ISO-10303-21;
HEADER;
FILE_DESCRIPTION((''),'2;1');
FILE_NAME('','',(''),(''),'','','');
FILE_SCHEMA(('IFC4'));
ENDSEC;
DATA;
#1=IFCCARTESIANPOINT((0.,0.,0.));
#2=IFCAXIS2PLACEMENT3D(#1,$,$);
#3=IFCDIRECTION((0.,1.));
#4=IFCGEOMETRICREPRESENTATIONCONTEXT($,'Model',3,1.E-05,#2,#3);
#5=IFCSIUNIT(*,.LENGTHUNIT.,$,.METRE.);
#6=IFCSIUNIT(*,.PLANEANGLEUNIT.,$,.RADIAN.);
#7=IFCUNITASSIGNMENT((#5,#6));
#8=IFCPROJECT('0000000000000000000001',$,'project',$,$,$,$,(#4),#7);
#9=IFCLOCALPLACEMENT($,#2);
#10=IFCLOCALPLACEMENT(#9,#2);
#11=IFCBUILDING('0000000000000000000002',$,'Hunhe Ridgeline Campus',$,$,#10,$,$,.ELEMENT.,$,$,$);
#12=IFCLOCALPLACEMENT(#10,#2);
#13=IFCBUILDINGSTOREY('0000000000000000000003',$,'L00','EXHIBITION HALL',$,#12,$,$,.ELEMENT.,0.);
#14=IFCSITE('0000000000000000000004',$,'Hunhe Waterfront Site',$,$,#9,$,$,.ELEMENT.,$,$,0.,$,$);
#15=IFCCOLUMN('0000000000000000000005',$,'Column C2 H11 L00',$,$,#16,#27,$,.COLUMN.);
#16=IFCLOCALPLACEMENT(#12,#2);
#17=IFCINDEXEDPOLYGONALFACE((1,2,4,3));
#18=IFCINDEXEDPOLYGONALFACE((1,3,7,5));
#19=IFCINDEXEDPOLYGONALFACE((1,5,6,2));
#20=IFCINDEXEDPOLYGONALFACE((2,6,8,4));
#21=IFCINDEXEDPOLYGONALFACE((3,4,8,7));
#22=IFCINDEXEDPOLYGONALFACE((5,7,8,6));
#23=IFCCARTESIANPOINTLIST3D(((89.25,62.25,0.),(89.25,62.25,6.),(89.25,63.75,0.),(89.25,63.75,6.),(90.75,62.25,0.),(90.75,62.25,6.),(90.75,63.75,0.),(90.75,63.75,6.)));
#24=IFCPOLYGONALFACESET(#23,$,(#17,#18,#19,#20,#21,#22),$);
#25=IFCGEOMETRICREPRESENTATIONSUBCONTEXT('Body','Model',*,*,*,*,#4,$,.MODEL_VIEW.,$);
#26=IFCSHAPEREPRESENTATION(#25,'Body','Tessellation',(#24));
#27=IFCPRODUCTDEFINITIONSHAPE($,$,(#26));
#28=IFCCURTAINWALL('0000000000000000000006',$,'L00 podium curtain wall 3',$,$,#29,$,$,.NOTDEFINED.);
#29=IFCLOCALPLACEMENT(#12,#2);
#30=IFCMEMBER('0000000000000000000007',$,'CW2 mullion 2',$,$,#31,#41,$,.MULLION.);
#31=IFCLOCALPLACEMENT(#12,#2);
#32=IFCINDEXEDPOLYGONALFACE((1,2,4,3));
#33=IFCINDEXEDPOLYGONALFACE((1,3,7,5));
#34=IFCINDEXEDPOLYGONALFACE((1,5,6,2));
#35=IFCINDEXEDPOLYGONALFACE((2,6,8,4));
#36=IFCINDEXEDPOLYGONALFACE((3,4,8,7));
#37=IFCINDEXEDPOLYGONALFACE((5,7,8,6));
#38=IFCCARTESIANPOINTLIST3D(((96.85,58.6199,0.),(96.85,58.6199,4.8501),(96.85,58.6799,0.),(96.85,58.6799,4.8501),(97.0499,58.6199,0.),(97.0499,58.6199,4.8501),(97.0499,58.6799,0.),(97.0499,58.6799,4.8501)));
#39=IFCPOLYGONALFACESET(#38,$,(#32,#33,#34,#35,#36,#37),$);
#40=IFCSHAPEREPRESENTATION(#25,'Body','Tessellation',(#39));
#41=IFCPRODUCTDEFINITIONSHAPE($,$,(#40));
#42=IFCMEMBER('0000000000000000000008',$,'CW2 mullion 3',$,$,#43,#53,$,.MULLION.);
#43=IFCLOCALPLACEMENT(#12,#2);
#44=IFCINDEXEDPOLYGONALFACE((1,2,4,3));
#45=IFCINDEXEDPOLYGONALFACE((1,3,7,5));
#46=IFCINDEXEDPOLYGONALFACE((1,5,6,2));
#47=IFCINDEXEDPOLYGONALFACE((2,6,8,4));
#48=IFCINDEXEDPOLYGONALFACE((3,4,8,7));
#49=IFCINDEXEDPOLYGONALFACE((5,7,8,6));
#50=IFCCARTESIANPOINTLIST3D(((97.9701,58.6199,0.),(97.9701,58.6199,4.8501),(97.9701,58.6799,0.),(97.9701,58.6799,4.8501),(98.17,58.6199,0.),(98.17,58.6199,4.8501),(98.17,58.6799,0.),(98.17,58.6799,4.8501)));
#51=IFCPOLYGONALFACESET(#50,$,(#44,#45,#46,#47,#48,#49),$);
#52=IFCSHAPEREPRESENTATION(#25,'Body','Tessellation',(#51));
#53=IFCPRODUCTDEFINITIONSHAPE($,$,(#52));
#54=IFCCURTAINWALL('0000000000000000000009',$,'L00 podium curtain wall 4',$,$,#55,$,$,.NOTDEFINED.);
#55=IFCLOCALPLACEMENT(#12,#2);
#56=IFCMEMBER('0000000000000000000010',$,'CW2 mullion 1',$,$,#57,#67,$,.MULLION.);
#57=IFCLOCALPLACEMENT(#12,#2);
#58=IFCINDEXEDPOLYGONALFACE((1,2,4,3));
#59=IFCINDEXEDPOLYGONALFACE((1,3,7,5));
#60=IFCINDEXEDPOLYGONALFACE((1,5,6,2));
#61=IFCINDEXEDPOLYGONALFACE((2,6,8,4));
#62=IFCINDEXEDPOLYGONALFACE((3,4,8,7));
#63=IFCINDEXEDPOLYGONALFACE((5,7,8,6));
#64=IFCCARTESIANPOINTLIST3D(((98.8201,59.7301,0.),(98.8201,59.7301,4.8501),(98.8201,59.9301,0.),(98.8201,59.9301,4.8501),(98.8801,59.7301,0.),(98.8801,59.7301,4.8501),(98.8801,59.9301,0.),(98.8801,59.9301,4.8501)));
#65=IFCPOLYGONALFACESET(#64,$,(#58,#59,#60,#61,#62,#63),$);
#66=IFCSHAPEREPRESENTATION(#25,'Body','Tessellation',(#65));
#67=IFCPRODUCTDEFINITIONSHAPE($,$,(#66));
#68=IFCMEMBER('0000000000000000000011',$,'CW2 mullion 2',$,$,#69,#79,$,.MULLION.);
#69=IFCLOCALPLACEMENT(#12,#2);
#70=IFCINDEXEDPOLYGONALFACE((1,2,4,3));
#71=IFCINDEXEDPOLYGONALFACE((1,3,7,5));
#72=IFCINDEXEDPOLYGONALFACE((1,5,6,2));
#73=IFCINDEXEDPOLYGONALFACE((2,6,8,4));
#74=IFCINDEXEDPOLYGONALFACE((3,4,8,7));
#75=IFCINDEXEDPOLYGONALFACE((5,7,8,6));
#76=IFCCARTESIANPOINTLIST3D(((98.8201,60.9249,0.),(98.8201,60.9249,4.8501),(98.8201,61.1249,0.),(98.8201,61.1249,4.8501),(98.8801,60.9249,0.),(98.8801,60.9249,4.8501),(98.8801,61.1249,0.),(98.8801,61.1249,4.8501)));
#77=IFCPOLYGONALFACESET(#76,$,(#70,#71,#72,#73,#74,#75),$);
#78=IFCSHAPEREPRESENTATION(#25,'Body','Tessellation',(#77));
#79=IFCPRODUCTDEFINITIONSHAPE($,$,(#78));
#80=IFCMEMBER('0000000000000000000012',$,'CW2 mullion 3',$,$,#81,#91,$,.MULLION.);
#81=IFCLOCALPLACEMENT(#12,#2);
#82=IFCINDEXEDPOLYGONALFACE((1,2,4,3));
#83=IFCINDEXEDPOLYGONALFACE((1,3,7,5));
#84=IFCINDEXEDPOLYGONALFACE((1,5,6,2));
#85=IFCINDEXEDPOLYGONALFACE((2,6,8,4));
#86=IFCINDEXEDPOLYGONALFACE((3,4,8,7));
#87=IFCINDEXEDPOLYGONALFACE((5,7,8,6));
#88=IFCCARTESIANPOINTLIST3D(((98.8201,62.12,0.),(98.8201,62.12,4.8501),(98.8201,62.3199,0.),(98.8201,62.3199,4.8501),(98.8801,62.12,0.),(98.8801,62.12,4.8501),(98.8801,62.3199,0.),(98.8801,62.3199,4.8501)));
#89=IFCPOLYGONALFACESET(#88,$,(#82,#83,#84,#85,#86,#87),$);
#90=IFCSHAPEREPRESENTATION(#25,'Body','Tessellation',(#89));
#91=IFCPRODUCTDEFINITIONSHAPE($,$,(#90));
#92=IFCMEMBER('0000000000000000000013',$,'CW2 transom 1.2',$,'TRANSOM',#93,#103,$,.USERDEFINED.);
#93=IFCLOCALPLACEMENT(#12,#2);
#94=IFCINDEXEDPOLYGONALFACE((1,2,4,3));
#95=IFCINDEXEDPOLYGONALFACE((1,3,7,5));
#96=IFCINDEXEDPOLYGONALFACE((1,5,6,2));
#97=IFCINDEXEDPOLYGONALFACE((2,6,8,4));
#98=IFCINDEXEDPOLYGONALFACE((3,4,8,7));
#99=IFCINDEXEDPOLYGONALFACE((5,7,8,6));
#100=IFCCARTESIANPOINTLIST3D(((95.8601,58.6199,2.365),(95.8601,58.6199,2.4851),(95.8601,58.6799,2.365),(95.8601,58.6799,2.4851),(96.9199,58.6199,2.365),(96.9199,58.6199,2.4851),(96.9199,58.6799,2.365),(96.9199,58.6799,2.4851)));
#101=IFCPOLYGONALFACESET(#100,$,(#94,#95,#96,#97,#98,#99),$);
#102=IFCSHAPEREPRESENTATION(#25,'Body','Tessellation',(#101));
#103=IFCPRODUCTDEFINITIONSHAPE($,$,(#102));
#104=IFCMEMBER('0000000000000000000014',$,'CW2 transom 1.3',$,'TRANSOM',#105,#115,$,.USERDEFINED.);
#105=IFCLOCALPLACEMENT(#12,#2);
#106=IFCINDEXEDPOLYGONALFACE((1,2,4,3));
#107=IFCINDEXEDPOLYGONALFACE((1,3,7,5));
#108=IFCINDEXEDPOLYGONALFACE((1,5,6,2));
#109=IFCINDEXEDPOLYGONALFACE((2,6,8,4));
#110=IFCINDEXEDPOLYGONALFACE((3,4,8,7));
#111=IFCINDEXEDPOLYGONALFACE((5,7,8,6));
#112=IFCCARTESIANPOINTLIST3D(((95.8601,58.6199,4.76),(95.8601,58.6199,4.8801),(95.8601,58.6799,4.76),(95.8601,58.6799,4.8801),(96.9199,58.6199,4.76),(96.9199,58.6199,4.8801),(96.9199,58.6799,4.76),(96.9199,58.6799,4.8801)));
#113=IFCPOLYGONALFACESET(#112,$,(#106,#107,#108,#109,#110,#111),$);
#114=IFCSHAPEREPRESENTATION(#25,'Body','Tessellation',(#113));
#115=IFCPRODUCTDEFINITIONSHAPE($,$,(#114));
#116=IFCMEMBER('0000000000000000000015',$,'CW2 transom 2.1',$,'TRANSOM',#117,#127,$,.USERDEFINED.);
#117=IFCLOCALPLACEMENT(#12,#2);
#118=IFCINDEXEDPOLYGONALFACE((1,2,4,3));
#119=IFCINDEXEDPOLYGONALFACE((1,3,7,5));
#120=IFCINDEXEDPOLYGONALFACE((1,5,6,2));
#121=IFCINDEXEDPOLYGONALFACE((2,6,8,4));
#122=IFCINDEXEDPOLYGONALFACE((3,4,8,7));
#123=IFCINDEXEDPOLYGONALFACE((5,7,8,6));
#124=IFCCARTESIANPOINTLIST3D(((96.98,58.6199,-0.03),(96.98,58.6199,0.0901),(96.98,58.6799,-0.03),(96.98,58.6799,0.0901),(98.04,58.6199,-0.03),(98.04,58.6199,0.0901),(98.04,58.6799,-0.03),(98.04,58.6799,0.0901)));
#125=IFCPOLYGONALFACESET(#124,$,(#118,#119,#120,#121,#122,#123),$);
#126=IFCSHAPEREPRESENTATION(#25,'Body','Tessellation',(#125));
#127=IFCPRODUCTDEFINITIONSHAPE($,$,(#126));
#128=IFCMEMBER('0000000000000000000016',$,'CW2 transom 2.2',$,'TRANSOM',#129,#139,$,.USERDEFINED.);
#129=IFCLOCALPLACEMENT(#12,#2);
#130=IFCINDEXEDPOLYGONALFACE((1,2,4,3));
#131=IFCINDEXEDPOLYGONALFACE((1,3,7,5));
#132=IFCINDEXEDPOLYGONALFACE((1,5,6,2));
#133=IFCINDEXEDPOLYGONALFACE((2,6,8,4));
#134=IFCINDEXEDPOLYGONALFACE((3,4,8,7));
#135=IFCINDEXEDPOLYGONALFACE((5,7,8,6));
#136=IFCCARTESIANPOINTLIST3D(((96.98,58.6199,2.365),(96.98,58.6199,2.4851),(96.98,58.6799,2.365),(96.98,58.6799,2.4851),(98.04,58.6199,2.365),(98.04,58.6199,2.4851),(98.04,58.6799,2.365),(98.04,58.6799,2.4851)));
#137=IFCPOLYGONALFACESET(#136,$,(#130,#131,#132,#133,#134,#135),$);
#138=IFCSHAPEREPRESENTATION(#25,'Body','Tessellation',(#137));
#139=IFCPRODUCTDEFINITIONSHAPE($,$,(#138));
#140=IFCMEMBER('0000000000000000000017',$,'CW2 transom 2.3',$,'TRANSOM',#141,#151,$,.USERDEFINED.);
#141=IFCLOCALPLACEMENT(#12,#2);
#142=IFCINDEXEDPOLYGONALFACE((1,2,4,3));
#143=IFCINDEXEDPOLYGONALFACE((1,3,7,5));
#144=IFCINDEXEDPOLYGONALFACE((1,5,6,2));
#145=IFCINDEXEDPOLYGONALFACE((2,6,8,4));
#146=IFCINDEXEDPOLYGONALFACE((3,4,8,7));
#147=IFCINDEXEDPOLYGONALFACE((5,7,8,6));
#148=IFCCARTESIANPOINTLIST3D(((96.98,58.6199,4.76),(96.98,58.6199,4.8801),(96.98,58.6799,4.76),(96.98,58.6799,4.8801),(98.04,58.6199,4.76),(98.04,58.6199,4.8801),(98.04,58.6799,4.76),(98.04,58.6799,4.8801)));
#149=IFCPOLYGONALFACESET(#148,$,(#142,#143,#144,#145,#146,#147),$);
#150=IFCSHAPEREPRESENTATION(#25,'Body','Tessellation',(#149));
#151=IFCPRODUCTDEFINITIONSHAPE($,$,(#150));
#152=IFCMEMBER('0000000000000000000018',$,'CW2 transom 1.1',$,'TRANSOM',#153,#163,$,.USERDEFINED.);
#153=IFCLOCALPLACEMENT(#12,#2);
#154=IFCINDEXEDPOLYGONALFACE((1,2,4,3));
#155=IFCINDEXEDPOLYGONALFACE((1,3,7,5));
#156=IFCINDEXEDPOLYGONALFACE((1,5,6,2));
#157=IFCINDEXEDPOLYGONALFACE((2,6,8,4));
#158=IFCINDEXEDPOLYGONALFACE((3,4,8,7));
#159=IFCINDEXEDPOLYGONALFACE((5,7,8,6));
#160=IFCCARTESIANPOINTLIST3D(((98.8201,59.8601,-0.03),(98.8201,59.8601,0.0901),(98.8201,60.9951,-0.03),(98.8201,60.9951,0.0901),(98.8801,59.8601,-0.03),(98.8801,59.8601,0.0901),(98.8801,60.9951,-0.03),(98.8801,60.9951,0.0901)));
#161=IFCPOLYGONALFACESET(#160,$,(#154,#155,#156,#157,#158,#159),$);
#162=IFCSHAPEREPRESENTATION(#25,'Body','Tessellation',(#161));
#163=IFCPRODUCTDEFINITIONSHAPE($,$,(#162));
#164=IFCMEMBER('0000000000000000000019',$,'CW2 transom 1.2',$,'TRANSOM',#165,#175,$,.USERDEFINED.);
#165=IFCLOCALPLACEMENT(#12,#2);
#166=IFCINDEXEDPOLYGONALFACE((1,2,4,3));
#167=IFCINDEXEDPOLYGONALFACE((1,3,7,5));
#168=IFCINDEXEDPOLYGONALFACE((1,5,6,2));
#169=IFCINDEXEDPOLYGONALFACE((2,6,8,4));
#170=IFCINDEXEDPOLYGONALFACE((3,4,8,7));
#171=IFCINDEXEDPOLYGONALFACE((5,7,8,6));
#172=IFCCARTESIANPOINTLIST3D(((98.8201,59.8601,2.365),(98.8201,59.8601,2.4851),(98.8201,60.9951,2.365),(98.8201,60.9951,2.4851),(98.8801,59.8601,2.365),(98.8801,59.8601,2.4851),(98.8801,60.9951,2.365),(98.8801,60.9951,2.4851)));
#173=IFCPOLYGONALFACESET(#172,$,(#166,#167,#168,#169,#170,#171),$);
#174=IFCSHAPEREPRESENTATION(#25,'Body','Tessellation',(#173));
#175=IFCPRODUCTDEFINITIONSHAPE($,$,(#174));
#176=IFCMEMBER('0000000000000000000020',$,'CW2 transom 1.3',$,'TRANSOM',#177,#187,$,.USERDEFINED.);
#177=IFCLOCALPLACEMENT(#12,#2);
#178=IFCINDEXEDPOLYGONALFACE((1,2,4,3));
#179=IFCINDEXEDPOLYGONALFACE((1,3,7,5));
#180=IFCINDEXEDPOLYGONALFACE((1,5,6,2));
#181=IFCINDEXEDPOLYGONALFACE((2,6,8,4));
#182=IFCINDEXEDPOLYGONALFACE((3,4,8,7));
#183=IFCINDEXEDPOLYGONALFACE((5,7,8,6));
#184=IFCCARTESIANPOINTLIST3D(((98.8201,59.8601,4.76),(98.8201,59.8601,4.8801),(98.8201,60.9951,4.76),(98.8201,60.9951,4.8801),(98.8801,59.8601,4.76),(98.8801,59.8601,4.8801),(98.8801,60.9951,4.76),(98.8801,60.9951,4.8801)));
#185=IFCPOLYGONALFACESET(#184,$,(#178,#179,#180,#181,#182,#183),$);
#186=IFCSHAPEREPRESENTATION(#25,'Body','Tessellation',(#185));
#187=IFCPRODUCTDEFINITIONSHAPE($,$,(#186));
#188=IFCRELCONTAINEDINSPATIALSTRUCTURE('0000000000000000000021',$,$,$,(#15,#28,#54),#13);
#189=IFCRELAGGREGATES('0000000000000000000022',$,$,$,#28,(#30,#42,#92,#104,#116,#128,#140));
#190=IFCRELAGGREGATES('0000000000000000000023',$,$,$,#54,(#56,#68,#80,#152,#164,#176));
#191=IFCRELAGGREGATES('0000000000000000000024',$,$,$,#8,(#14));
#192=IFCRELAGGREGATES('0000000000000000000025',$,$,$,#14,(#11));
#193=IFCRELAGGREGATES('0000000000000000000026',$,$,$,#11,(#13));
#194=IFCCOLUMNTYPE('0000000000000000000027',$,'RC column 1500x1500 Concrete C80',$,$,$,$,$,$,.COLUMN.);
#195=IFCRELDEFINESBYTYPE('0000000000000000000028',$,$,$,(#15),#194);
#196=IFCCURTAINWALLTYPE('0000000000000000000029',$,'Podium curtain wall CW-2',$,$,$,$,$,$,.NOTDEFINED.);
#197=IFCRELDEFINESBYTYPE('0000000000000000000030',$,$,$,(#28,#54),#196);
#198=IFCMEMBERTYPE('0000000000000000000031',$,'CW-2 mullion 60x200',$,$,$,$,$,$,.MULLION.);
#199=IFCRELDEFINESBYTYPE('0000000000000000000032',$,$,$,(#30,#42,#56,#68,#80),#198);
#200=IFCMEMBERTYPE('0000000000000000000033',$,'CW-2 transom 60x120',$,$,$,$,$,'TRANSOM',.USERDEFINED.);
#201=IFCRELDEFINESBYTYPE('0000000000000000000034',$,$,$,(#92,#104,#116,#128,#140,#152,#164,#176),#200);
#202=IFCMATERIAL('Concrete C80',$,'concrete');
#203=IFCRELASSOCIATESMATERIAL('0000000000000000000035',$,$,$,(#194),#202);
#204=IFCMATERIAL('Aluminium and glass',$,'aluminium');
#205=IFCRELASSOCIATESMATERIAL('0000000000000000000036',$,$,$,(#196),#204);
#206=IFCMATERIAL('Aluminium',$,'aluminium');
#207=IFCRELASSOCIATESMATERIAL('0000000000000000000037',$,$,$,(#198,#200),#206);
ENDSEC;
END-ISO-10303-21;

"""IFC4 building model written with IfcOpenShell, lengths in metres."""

from ifc_helpers import new_model, si_unit, direction, frame, origin, origin_2d, place, context, subcontext, project, spatial, rectangle, extrude, material, material_profile, profile_set, type_object, element, aggregate, save


model = new_model("IFC4")

# Units and contexts
model_context = context("Model", 3, precision=1e-05, world=origin(), true_north=direction((0.0, 1.0)))
body_context = subcontext(model_context, "Body", "Model", "MODEL_VIEW")
ifc_project = project(units=[si_unit("LENGTHUNIT", "METRE"), si_unit("PLANEANGLEUNIT", "RADIAN")], contexts=[model_context])

# Site, building, storey
site_placement = place(None, origin())
site = spatial("IfcSite", under=ifc_project, at=site_placement, Name="Hunhe Waterfront Site", CompositionType="ELEMENT", RefElevation=0.0)
building_placement = place(site_placement, origin())
building = spatial("IfcBuilding", under=site, at=building_placement, Name="Hunhe Ridgeline Campus", CompositionType="ELEMENT")
storey_placement = place(building_placement, origin())
storey = spatial("IfcBuildingStorey", under=building, at=storey_placement, Name="L00", Description="EXHIBITION HALL", CompositionType="ELEMENT", Elevation=0.0)

# Column
ifc_material_1 = material(Name="Concrete C80", Category="concrete")
ifc_material_profile_1 = material_profile(ifc_material_1, rectangle(XDim=1.5, YDim=1.5, at=origin_2d()))
ifc_profile_set_1 = profile_set([ifc_material_profile_1], Name="Concrete C80")
column_type = type_object("IfcColumnType", Name="RC column 1500x1500 Concrete C80", PredefinedType="COLUMN", material=ifc_profile_set_1)
column_placement = place(storey_placement, frame((90.0, 63.0, 0.0), z_axis=(0.0, 0.0, 1.0), x_axis=(1.0, 0.0, 0.0)))
element("IfcColumn", 1, at=column_placement, inside=storey, type_object=column_type, Name="Column C2 H11 L00", PredefinedType="COLUMN", context=body_context, shape_type="SweptSolid", body=[
    extrude(rectangle(XDim=1.5, YDim=1.5, at=origin_2d()), origin(), (0.0, 0.0, 1.0), 6.0),
])

# Curtain walls, members
ifc_material_2 = material(Name="Aluminium and glass", Category="aluminium")
curtain_wall_type = type_object("IfcCurtainWallType", Name="Podium curtain wall CW-2", PredefinedType="NOTDEFINED", material=ifc_material_2)
curtain_wall_1_placement = place(storey_placement, origin())
curtain_wall_1 = element("IfcCurtainWall", 2, at=curtain_wall_1_placement, inside=storey, type_object=curtain_wall_type, Name="L00 podium curtain wall 3", PredefinedType="NOTDEFINED")
ifc_material_3 = material(Name="Aluminium", Category="aluminium")
ifc_material_profile_2 = material_profile(ifc_material_3, rectangle(XDim=0.0601, YDim=0.2, at=origin_2d()))
ifc_profile_set_2 = profile_set([ifc_material_profile_2], Name="Aluminium")
member_type_1 = type_object("IfcMemberType", Name="CW-2 mullion 60x200", PredefinedType="MULLION", material=ifc_profile_set_2)
member_1_placement = place(storey_placement, frame((96.95, 58.6499, 0.0), z_axis=(0.0, 0.0, 1.0), x_axis=(0.0, 1.0, 0.0)))
member_1 = element("IfcMember", 3, at=member_1_placement, type_object=member_type_1, Name="CW2 mullion 2", PredefinedType="MULLION", context=body_context, shape_type="SweptSolid", body=[
    extrude(rectangle(XDim=0.0601, YDim=0.2, at=origin_2d()), origin(), (0.0, 0.0, 1.0), 4.8501),
])
member_2_placement = place(storey_placement, frame((98.0701, 58.6499, 0.0), z_axis=(0.0, 0.0, 1.0), x_axis=(0.0, 1.0, 0.0)))
member_2 = element("IfcMember", 4, at=member_2_placement, type_object=member_type_1, Name="CW2 mullion 3", PredefinedType="MULLION", context=body_context, shape_type="SweptSolid", body=[
    extrude(rectangle(XDim=0.0601, YDim=0.2, at=origin_2d()), origin(), (0.0, 0.0, 1.0), 4.8501),
])
curtain_wall_2_placement = place(storey_placement, origin())
curtain_wall_2 = element("IfcCurtainWall", 5, at=curtain_wall_2_placement, inside=storey, type_object=curtain_wall_type, Name="L00 podium curtain wall 4", PredefinedType="NOTDEFINED")
member_3_placement = place(storey_placement, frame((98.8501, 59.8301, 0.0), z_axis=(0.0, 0.0, 1.0), x_axis=(-1.0, 0.0, 0.0)))
member_3 = element("IfcMember", 6, at=member_3_placement, type_object=member_type_1, Name="CW2 mullion 1", PredefinedType="MULLION", context=body_context, shape_type="SweptSolid", body=[
    extrude(rectangle(XDim=0.0601, YDim=0.2, at=origin_2d()), origin(), (0.0, 0.0, 1.0), 4.8501),
])
member_4_placement = place(storey_placement, frame((98.8501, 61.0249, 0.0), z_axis=(0.0, 0.0, 1.0), x_axis=(-1.0, 0.0, 0.0)))
member_4 = element("IfcMember", 7, at=member_4_placement, type_object=member_type_1, Name="CW2 mullion 2", PredefinedType="MULLION", context=body_context, shape_type="SweptSolid", body=[
    extrude(rectangle(XDim=0.0601, YDim=0.2, at=origin_2d()), origin(), (0.0, 0.0, 1.0), 4.8501),
])
member_5_placement = place(storey_placement, frame((98.8501, 62.22, 0.0), z_axis=(0.0, 0.0, 1.0), x_axis=(-1.0, 0.0, 0.0)))
member_5 = element("IfcMember", 8, at=member_5_placement, type_object=member_type_1, Name="CW2 mullion 3", PredefinedType="MULLION", context=body_context, shape_type="SweptSolid", body=[
    extrude(rectangle(XDim=0.0601, YDim=0.2, at=origin_2d()), origin(), (0.0, 0.0, 1.0), 4.8501),
])

# Members
ifc_material_profile_3 = material_profile(ifc_material_3, rectangle(XDim=0.0601, YDim=0.1201, at=origin_2d()))
ifc_profile_set_3 = profile_set([ifc_material_profile_3], Name="Aluminium")
member_type_2 = type_object("IfcMemberType", Name="CW-2 transom 60x120", ElementType="TRANSOM", PredefinedType="USERDEFINED", material=ifc_profile_set_3)
member_6_placement = place(storey_placement, frame((95.8601, 58.6499, 2.425), z_axis=(1.0, 0.0, 0.0), x_axis=(0.0, 1.0, 0.0)))
member_6 = element("IfcMember", 9, at=member_6_placement, type_object=member_type_2, Name="CW2 transom 1.2", ObjectType="TRANSOM", PredefinedType="USERDEFINED", context=body_context, shape_type="SweptSolid", body=[
    extrude(rectangle(XDim=0.0601, YDim=0.1201, at=origin_2d()), origin(), (0.0, 0.0, 1.0), 1.0598),
])
member_7_placement = place(storey_placement, frame((95.8601, 58.6499, 4.8201), z_axis=(1.0, 0.0, 0.0), x_axis=(0.0, 1.0, 0.0)))
member_7 = element("IfcMember", 10, at=member_7_placement, type_object=member_type_2, Name="CW2 transom 1.3", ObjectType="TRANSOM", PredefinedType="USERDEFINED", context=body_context, shape_type="SweptSolid", body=[
    extrude(rectangle(XDim=0.0601, YDim=0.1201, at=origin_2d()), origin(), (0.0, 0.0, 1.0), 1.0598),
])
member_8_placement = place(storey_placement, frame((96.98, 58.6499, 0.03), z_axis=(1.0, 0.0, 0.0), x_axis=(0.0, 1.0, 0.0)))
member_8 = element("IfcMember", 11, at=member_8_placement, type_object=member_type_2, Name="CW2 transom 2.1", ObjectType="TRANSOM", PredefinedType="USERDEFINED", context=body_context, shape_type="SweptSolid", body=[
    extrude(rectangle(XDim=0.0601, YDim=0.1201, at=origin_2d()), origin(), (0.0, 0.0, 1.0), 1.0601),
])
member_9_placement = place(storey_placement, frame((96.98, 58.6499, 2.425), z_axis=(1.0, 0.0, 0.0), x_axis=(0.0, 1.0, 0.0)))
member_9 = element("IfcMember", 12, at=member_9_placement, type_object=member_type_2, Name="CW2 transom 2.2", ObjectType="TRANSOM", PredefinedType="USERDEFINED", context=body_context, shape_type="SweptSolid", body=[
    extrude(rectangle(XDim=0.0601, YDim=0.1201, at=origin_2d()), origin(), (0.0, 0.0, 1.0), 1.0601),
])
member_10_placement = place(storey_placement, frame((96.98, 58.6499, 4.8201), z_axis=(1.0, 0.0, 0.0), x_axis=(0.0, 1.0, 0.0)))
member_10 = element("IfcMember", 13, at=member_10_placement, type_object=member_type_2, Name="CW2 transom 2.3", ObjectType="TRANSOM", PredefinedType="USERDEFINED", context=body_context, shape_type="SweptSolid", body=[
    extrude(rectangle(XDim=0.0601, YDim=0.1201, at=origin_2d()), origin(), (0.0, 0.0, 1.0), 1.0601),
])
member_11_placement = place(storey_placement, frame((98.8501, 59.8601, 0.03), z_axis=(0.0, 1.0, 0.0), x_axis=(-1.0, 0.0, 0.0)))
member_11 = element("IfcMember", 14, at=member_11_placement, type_object=member_type_2, Name="CW2 transom 1.1", ObjectType="TRANSOM", PredefinedType="USERDEFINED", context=body_context, shape_type="SweptSolid", body=[
    extrude(rectangle(XDim=0.0601, YDim=0.1201, at=origin_2d()), origin(), (0.0, 0.0, 1.0), 1.135),
])
member_12_placement = place(storey_placement, frame((98.8501, 59.8601, 2.425), z_axis=(0.0, 1.0, 0.0), x_axis=(-1.0, 0.0, 0.0)))
member_12 = element("IfcMember", 15, at=member_12_placement, type_object=member_type_2, Name="CW2 transom 1.2", ObjectType="TRANSOM", PredefinedType="USERDEFINED", context=body_context, shape_type="SweptSolid", body=[
    extrude(rectangle(XDim=0.0601, YDim=0.1201, at=origin_2d()), origin(), (0.0, 0.0, 1.0), 1.135),
])
member_13_placement = place(storey_placement, frame((98.8501, 59.8601, 4.8201), z_axis=(0.0, 1.0, 0.0), x_axis=(-1.0, 0.0, 0.0)))
member_13 = element("IfcMember", 16, at=member_13_placement, type_object=member_type_2, Name="CW2 transom 1.3", ObjectType="TRANSOM", PredefinedType="USERDEFINED", context=body_context, shape_type="SweptSolid", body=[
    extrude(rectangle(XDim=0.0601, YDim=0.1201, at=origin_2d()), origin(), (0.0, 0.0, 1.0), 1.135),
])

aggregate(curtain_wall_1, [member_1, member_2, member_6, member_7, member_8, member_9, member_10])
aggregate(curtain_wall_2, [member_3, member_4, member_5, member_11, member_12, member_13])

save(model, "model.ifc")
